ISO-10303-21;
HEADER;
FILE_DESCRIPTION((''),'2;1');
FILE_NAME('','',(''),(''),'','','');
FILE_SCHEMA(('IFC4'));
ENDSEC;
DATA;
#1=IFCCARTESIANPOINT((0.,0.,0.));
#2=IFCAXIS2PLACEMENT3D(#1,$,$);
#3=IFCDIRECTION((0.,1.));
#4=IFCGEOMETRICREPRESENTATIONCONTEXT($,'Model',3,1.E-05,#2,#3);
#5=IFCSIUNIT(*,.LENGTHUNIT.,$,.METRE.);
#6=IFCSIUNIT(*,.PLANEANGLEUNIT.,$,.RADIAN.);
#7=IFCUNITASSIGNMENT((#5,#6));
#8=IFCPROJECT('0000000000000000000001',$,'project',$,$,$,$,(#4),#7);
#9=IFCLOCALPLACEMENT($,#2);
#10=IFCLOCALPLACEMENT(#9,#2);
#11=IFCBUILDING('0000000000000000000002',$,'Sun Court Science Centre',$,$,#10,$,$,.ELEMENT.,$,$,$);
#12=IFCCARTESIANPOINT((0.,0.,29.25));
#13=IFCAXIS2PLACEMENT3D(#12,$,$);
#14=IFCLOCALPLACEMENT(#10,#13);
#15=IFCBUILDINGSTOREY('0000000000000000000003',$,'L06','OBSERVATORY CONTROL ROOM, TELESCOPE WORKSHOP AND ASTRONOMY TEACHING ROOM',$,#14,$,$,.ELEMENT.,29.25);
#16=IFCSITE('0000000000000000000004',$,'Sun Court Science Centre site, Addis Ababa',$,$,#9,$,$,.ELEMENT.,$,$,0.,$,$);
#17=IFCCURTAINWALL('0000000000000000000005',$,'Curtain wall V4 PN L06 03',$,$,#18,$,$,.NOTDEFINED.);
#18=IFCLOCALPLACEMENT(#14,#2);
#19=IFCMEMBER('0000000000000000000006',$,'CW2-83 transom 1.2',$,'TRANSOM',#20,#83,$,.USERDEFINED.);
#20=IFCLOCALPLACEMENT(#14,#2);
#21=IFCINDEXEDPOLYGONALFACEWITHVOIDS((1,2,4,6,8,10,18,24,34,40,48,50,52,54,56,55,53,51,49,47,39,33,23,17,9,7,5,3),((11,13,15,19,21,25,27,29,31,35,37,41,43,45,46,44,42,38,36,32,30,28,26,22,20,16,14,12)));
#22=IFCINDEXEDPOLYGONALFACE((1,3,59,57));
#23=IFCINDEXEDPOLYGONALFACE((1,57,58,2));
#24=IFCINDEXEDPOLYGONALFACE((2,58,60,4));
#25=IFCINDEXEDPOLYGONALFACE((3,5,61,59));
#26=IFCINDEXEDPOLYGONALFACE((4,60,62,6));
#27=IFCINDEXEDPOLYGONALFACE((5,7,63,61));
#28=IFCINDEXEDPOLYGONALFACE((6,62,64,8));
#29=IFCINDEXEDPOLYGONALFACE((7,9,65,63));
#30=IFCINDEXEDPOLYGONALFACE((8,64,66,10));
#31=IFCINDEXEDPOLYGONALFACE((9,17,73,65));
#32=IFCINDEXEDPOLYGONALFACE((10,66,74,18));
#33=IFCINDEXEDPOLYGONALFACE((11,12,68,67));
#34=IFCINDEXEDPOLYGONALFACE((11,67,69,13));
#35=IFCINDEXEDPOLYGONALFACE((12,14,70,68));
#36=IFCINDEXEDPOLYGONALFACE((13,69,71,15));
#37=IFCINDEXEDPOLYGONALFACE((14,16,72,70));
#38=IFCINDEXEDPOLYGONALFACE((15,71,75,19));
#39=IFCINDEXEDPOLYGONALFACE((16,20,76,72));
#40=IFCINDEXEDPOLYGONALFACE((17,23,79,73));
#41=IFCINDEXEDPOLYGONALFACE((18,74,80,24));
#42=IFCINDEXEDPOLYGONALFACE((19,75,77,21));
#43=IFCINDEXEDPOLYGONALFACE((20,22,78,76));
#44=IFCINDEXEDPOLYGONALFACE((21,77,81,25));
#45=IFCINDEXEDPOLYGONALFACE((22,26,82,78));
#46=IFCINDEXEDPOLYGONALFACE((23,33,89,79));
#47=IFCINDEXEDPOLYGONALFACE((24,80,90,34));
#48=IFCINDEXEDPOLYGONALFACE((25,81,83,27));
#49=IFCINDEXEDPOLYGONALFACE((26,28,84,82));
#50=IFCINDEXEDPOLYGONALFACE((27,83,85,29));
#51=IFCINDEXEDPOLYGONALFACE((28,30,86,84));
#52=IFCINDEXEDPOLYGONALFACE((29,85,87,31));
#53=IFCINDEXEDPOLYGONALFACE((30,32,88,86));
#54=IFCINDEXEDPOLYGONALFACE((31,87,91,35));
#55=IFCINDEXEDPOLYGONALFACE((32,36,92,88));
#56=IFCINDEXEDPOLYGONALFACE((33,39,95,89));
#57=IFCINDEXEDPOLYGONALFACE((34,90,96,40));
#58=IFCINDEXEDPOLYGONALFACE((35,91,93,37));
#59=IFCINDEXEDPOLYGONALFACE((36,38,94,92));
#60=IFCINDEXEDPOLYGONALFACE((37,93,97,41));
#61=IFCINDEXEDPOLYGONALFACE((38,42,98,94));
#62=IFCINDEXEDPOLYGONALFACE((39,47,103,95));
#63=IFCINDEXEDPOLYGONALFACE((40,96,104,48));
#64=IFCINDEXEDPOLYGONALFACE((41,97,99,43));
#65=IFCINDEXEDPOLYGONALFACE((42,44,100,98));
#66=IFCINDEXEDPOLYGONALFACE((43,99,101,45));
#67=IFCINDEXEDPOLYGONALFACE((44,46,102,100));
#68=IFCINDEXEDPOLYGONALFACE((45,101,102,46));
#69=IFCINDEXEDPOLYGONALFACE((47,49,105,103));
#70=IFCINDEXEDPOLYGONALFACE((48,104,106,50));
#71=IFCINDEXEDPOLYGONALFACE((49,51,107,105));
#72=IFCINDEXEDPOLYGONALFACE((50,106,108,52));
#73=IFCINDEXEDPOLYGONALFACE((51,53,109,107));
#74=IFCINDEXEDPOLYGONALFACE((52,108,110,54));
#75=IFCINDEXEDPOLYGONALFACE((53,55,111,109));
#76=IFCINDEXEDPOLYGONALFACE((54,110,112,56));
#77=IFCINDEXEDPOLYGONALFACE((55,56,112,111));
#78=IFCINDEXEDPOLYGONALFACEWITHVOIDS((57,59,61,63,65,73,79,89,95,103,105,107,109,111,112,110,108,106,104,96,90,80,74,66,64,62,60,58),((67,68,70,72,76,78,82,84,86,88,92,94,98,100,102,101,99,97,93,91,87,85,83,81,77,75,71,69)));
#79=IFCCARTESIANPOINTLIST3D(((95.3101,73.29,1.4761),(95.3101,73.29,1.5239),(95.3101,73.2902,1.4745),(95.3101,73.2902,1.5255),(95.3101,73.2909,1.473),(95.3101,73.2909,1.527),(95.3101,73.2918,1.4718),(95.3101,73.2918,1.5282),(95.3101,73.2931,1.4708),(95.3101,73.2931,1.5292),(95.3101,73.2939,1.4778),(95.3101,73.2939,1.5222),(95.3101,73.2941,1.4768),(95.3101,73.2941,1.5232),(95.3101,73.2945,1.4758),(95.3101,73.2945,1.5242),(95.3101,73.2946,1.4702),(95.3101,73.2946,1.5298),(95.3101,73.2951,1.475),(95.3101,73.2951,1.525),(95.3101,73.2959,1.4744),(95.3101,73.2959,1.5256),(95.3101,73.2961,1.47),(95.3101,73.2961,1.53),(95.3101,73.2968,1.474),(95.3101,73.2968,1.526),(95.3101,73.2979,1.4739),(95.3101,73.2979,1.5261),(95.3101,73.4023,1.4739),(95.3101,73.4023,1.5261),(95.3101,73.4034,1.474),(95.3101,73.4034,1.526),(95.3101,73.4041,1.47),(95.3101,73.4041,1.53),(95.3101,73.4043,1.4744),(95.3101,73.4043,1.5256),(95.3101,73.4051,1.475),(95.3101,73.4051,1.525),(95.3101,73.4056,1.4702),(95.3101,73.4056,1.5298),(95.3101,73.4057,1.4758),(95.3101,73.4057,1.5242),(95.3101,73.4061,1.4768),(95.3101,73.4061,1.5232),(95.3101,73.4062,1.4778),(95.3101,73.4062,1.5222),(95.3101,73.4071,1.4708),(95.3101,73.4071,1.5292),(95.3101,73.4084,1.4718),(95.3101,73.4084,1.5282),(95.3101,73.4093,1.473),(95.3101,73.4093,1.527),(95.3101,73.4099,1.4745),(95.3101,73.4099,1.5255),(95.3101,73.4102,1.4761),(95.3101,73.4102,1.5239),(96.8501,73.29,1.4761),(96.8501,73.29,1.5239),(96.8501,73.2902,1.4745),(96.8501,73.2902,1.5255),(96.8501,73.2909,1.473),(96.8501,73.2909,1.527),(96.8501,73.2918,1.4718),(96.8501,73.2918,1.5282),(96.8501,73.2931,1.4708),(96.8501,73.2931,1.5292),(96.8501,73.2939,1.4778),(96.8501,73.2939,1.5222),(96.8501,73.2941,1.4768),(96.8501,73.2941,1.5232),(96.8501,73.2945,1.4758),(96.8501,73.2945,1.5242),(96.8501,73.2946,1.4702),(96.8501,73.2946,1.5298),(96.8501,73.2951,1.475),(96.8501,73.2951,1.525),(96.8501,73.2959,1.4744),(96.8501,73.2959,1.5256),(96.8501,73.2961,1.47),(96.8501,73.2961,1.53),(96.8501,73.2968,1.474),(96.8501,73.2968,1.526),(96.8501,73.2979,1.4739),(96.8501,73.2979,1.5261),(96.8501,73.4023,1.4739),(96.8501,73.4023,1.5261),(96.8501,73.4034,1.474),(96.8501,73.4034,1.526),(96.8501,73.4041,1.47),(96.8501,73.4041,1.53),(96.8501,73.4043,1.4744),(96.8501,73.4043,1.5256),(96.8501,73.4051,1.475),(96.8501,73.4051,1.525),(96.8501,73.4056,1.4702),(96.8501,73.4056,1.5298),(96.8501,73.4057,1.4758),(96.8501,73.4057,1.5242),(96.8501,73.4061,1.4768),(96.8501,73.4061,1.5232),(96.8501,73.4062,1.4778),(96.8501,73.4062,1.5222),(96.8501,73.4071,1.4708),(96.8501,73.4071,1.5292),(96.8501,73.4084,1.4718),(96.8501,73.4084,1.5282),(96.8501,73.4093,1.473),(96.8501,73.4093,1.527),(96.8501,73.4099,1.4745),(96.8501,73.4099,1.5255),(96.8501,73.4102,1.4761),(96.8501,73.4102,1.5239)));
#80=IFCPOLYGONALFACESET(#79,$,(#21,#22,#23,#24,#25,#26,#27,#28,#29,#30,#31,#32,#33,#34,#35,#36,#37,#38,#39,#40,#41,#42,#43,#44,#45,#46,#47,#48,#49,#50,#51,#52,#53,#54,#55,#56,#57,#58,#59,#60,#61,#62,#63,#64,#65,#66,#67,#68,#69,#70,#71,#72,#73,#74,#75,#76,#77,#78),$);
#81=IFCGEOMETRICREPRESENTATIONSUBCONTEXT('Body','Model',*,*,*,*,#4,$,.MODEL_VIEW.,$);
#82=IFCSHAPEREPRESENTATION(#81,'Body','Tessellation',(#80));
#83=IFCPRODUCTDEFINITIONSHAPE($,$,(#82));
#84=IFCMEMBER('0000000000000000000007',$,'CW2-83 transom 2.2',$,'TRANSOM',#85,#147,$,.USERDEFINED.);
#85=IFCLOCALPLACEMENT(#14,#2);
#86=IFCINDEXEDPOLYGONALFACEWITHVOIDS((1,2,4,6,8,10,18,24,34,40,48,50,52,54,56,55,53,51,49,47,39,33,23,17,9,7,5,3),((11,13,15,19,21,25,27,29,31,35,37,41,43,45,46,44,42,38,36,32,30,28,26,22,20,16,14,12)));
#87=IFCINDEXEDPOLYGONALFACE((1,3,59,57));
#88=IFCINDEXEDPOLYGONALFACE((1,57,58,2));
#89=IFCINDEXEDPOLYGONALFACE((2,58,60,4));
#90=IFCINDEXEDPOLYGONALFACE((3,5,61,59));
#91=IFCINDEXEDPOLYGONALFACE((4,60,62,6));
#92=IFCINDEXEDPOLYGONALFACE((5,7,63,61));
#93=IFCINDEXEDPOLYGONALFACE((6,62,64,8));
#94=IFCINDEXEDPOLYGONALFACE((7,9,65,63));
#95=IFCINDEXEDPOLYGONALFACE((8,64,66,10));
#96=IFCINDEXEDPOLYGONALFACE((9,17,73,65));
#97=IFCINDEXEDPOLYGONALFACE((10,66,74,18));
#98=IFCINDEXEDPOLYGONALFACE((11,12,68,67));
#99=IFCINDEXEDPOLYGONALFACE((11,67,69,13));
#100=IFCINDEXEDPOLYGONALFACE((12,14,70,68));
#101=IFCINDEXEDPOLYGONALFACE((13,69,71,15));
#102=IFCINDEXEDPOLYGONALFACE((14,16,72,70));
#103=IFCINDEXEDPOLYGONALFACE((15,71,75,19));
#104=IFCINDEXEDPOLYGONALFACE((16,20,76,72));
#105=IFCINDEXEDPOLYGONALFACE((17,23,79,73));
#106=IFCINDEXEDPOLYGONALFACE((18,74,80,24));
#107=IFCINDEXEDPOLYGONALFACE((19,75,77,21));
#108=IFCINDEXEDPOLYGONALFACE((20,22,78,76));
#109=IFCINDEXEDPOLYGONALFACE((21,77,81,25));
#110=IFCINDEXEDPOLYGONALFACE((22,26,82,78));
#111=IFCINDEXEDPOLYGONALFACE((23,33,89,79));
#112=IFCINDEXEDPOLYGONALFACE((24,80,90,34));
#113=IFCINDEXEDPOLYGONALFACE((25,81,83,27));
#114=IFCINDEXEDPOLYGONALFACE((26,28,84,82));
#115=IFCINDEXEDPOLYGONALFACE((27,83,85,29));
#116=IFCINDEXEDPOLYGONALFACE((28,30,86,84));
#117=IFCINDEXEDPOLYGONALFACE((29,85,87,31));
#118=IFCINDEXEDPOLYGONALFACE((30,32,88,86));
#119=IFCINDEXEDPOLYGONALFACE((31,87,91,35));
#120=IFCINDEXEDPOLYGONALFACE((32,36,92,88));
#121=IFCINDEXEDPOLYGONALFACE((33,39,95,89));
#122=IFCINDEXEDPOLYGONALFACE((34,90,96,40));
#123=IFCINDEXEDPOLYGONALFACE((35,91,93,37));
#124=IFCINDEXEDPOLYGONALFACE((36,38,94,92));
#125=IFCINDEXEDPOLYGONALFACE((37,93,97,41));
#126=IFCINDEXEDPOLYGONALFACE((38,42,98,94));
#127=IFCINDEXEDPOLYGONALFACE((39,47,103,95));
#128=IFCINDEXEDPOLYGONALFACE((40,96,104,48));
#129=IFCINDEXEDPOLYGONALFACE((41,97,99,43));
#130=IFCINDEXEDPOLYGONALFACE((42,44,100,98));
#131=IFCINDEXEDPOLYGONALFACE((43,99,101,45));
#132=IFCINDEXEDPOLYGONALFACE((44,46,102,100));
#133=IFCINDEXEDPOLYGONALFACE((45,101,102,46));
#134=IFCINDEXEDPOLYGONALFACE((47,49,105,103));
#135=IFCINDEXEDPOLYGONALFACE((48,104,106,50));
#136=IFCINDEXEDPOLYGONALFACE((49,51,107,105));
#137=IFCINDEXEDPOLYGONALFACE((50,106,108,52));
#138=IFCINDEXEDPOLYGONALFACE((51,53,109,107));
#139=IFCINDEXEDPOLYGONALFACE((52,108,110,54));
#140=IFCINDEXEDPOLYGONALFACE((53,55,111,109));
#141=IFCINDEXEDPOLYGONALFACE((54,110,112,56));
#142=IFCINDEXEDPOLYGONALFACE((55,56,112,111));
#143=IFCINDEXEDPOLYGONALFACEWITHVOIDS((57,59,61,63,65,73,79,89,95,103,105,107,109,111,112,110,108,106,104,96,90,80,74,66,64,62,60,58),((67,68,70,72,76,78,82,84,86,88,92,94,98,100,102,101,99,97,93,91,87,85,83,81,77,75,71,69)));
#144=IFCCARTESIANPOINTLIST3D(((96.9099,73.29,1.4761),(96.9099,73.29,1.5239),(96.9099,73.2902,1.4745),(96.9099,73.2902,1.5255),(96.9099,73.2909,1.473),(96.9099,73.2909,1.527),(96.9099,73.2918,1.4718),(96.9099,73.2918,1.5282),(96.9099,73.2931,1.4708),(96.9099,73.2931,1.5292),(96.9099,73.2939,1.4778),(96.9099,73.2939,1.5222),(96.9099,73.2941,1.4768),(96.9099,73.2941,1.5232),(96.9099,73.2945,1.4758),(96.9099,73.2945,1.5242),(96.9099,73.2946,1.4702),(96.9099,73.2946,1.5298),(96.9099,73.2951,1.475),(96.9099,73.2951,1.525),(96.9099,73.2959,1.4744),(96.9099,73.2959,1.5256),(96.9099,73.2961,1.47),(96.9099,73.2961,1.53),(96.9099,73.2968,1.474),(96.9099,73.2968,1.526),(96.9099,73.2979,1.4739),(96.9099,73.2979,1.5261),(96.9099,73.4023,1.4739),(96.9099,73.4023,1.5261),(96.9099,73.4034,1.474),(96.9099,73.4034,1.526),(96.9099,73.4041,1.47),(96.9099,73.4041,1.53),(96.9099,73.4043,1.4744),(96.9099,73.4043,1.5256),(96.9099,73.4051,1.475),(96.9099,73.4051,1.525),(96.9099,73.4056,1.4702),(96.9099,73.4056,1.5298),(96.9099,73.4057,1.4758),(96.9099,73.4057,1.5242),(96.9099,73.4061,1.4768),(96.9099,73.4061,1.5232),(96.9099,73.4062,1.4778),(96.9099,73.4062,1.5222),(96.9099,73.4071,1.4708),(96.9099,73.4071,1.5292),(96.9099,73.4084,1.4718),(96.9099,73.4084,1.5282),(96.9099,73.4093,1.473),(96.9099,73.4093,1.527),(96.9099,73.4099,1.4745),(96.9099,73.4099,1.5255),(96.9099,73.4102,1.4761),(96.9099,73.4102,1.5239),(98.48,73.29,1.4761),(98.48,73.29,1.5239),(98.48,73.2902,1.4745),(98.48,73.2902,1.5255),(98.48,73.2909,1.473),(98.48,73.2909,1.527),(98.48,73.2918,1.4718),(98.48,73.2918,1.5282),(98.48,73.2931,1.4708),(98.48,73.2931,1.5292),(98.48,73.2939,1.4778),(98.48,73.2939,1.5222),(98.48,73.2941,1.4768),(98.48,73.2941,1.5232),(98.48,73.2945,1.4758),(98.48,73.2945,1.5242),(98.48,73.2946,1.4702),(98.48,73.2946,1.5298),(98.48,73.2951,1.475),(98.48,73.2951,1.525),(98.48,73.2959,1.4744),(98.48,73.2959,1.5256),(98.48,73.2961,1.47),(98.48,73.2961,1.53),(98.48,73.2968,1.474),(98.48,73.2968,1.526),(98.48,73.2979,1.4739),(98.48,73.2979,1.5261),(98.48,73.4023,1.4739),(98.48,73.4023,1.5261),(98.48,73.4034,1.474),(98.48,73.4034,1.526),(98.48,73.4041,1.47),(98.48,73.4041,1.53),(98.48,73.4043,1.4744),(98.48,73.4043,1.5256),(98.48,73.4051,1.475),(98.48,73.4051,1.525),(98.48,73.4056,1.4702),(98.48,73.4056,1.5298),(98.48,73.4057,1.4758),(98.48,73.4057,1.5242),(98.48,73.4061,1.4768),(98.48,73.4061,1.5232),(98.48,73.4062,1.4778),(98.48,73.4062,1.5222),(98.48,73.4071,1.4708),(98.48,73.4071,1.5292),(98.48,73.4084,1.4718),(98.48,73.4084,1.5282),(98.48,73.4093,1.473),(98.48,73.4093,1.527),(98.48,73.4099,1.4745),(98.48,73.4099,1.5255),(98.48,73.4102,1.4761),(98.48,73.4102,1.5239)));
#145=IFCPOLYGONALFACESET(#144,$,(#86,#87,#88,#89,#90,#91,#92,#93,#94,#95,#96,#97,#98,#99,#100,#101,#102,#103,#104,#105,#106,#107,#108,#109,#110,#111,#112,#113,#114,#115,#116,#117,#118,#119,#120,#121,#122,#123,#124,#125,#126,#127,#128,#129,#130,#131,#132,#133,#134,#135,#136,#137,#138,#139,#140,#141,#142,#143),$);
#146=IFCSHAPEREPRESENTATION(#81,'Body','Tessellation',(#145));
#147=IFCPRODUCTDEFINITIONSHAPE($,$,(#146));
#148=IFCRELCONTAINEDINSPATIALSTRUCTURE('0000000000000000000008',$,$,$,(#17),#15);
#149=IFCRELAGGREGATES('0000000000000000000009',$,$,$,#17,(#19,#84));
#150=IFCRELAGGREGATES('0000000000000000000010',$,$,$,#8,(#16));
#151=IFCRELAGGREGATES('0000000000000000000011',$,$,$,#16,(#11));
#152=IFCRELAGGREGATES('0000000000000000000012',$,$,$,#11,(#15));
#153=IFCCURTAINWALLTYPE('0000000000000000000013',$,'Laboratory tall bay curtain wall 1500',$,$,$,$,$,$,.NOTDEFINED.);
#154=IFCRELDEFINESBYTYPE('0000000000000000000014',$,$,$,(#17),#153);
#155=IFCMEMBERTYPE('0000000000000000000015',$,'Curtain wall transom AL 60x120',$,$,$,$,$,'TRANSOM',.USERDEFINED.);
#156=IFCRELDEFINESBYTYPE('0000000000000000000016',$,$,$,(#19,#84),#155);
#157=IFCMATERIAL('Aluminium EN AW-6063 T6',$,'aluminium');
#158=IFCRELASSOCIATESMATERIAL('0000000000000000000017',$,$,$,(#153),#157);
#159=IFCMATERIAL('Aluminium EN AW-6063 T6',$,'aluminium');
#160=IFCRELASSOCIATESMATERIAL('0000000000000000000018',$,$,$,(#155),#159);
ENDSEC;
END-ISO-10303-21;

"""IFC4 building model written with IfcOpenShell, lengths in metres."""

from ifc_helpers import new_model, si_unit, direction, frame, origin, origin_2d, place, context, subcontext, project, spatial, hollow_rectangle, extrude, material, material_profile, profile_set, type_object, element, aggregate, save


model = new_model("IFC4")

# Units and contexts
model_context = context("Model", 3, precision=1e-05, world=origin(), true_north=direction((0.0, 1.0)))
body_context = subcontext(model_context, "Body", "Model", "MODEL_VIEW")
ifc_project = project(units=[si_unit("LENGTHUNIT", "METRE"), si_unit("PLANEANGLEUNIT", "RADIAN")], contexts=[model_context])

# Site, building, storey
site_placement = place(None, origin())
site = spatial("IfcSite", under=ifc_project, at=site_placement, Name="Sun Court Science Centre site, Addis Ababa", CompositionType="ELEMENT", RefElevation=0.0)
building_placement = place(site_placement, origin())
building = spatial("IfcBuilding", under=site, at=building_placement, Name="Sun Court Science Centre", CompositionType="ELEMENT")
storey_placement = place(building_placement, frame((0.0, 0.0, 29.25)))
storey = spatial("IfcBuildingStorey", under=building, at=storey_placement, Name="L06", Description="OBSERVATORY CONTROL ROOM, TELESCOPE WORKSHOP AND ASTRONOMY TEACHING ROOM", CompositionType="ELEMENT", Elevation=29.25)

# Shared definitions
ifc_material_1 = material(Name="Aluminium EN AW-6063 T6", Category="aluminium")
curtain_wall_type = type_object("IfcCurtainWallType", Name="Laboratory tall bay curtain wall 1500", PredefinedType="NOTDEFINED", material=ifc_material_1)

# Curtain wall
curtain_wall_1_placement = place(storey_placement, origin())
curtain_wall_1 = element("IfcCurtainWall", 1, at=curtain_wall_1_placement, inside=storey, type_object=curtain_wall_type, Name="Curtain wall V4 PN L06 03", PredefinedType="NOTDEFINED")

# Members
ifc_material_2 = material(Name="Aluminium EN AW-6063 T6", Category="aluminium")
ifc_material_profile_1 = material_profile(ifc_material_2, hollow_rectangle(XDim=0.0601, YDim=0.1201, WallThickness=0.0039, InnerFilletRadius=0.0039, OuterFilletRadius=0.0061, at=origin_2d()), Name="AL 60x120x4")
ifc_profile_set_1 = profile_set([ifc_material_profile_1], Name="Aluminium EN AW-6063 T6")
member_type_1 = type_object("IfcMemberType", Name="Curtain wall transom AL 60x120", ElementType="TRANSOM", PredefinedType="USERDEFINED", material=ifc_profile_set_1)
member_1_placement = place(storey_placement, frame((95.3101, 73.3501, 1.5), z_axis=(1.0, 0.0, 0.0), x_axis=(0.0, 0.0, 1.0)))
member_1 = element("IfcMember", 2, at=member_1_placement, type_object=member_type_1, Name="CW2-83 transom 1.2", ObjectType="TRANSOM", PredefinedType="USERDEFINED", context=body_context, shape_type="SweptSolid", body=[
    extrude(hollow_rectangle(XDim=0.0601, YDim=0.1201, WallThickness=0.0039, InnerFilletRadius=0.0039, OuterFilletRadius=0.0061, at=origin_2d()), origin(), (0.0, 0.0, 1.0), 1.54),
])
member_2_placement = place(storey_placement, frame((96.9099, 73.3501, 1.5), z_axis=(1.0, 0.0, 0.0), x_axis=(0.0, 0.0, 1.0)))
member_2 = element("IfcMember", 3, at=member_2_placement, type_object=member_type_1, Name="CW2-83 transom 2.2", ObjectType="TRANSOM", PredefinedType="USERDEFINED", context=body_context, shape_type="SweptSolid", body=[
    extrude(hollow_rectangle(XDim=0.0601, YDim=0.1201, WallThickness=0.0039, InnerFilletRadius=0.0039, OuterFilletRadius=0.0061, at=origin_2d()), origin(), (0.0, 0.0, 1.0), 1.5701),
])

aggregate(curtain_wall_1, [member_1, member_2])

save(model, "model.ifc")
